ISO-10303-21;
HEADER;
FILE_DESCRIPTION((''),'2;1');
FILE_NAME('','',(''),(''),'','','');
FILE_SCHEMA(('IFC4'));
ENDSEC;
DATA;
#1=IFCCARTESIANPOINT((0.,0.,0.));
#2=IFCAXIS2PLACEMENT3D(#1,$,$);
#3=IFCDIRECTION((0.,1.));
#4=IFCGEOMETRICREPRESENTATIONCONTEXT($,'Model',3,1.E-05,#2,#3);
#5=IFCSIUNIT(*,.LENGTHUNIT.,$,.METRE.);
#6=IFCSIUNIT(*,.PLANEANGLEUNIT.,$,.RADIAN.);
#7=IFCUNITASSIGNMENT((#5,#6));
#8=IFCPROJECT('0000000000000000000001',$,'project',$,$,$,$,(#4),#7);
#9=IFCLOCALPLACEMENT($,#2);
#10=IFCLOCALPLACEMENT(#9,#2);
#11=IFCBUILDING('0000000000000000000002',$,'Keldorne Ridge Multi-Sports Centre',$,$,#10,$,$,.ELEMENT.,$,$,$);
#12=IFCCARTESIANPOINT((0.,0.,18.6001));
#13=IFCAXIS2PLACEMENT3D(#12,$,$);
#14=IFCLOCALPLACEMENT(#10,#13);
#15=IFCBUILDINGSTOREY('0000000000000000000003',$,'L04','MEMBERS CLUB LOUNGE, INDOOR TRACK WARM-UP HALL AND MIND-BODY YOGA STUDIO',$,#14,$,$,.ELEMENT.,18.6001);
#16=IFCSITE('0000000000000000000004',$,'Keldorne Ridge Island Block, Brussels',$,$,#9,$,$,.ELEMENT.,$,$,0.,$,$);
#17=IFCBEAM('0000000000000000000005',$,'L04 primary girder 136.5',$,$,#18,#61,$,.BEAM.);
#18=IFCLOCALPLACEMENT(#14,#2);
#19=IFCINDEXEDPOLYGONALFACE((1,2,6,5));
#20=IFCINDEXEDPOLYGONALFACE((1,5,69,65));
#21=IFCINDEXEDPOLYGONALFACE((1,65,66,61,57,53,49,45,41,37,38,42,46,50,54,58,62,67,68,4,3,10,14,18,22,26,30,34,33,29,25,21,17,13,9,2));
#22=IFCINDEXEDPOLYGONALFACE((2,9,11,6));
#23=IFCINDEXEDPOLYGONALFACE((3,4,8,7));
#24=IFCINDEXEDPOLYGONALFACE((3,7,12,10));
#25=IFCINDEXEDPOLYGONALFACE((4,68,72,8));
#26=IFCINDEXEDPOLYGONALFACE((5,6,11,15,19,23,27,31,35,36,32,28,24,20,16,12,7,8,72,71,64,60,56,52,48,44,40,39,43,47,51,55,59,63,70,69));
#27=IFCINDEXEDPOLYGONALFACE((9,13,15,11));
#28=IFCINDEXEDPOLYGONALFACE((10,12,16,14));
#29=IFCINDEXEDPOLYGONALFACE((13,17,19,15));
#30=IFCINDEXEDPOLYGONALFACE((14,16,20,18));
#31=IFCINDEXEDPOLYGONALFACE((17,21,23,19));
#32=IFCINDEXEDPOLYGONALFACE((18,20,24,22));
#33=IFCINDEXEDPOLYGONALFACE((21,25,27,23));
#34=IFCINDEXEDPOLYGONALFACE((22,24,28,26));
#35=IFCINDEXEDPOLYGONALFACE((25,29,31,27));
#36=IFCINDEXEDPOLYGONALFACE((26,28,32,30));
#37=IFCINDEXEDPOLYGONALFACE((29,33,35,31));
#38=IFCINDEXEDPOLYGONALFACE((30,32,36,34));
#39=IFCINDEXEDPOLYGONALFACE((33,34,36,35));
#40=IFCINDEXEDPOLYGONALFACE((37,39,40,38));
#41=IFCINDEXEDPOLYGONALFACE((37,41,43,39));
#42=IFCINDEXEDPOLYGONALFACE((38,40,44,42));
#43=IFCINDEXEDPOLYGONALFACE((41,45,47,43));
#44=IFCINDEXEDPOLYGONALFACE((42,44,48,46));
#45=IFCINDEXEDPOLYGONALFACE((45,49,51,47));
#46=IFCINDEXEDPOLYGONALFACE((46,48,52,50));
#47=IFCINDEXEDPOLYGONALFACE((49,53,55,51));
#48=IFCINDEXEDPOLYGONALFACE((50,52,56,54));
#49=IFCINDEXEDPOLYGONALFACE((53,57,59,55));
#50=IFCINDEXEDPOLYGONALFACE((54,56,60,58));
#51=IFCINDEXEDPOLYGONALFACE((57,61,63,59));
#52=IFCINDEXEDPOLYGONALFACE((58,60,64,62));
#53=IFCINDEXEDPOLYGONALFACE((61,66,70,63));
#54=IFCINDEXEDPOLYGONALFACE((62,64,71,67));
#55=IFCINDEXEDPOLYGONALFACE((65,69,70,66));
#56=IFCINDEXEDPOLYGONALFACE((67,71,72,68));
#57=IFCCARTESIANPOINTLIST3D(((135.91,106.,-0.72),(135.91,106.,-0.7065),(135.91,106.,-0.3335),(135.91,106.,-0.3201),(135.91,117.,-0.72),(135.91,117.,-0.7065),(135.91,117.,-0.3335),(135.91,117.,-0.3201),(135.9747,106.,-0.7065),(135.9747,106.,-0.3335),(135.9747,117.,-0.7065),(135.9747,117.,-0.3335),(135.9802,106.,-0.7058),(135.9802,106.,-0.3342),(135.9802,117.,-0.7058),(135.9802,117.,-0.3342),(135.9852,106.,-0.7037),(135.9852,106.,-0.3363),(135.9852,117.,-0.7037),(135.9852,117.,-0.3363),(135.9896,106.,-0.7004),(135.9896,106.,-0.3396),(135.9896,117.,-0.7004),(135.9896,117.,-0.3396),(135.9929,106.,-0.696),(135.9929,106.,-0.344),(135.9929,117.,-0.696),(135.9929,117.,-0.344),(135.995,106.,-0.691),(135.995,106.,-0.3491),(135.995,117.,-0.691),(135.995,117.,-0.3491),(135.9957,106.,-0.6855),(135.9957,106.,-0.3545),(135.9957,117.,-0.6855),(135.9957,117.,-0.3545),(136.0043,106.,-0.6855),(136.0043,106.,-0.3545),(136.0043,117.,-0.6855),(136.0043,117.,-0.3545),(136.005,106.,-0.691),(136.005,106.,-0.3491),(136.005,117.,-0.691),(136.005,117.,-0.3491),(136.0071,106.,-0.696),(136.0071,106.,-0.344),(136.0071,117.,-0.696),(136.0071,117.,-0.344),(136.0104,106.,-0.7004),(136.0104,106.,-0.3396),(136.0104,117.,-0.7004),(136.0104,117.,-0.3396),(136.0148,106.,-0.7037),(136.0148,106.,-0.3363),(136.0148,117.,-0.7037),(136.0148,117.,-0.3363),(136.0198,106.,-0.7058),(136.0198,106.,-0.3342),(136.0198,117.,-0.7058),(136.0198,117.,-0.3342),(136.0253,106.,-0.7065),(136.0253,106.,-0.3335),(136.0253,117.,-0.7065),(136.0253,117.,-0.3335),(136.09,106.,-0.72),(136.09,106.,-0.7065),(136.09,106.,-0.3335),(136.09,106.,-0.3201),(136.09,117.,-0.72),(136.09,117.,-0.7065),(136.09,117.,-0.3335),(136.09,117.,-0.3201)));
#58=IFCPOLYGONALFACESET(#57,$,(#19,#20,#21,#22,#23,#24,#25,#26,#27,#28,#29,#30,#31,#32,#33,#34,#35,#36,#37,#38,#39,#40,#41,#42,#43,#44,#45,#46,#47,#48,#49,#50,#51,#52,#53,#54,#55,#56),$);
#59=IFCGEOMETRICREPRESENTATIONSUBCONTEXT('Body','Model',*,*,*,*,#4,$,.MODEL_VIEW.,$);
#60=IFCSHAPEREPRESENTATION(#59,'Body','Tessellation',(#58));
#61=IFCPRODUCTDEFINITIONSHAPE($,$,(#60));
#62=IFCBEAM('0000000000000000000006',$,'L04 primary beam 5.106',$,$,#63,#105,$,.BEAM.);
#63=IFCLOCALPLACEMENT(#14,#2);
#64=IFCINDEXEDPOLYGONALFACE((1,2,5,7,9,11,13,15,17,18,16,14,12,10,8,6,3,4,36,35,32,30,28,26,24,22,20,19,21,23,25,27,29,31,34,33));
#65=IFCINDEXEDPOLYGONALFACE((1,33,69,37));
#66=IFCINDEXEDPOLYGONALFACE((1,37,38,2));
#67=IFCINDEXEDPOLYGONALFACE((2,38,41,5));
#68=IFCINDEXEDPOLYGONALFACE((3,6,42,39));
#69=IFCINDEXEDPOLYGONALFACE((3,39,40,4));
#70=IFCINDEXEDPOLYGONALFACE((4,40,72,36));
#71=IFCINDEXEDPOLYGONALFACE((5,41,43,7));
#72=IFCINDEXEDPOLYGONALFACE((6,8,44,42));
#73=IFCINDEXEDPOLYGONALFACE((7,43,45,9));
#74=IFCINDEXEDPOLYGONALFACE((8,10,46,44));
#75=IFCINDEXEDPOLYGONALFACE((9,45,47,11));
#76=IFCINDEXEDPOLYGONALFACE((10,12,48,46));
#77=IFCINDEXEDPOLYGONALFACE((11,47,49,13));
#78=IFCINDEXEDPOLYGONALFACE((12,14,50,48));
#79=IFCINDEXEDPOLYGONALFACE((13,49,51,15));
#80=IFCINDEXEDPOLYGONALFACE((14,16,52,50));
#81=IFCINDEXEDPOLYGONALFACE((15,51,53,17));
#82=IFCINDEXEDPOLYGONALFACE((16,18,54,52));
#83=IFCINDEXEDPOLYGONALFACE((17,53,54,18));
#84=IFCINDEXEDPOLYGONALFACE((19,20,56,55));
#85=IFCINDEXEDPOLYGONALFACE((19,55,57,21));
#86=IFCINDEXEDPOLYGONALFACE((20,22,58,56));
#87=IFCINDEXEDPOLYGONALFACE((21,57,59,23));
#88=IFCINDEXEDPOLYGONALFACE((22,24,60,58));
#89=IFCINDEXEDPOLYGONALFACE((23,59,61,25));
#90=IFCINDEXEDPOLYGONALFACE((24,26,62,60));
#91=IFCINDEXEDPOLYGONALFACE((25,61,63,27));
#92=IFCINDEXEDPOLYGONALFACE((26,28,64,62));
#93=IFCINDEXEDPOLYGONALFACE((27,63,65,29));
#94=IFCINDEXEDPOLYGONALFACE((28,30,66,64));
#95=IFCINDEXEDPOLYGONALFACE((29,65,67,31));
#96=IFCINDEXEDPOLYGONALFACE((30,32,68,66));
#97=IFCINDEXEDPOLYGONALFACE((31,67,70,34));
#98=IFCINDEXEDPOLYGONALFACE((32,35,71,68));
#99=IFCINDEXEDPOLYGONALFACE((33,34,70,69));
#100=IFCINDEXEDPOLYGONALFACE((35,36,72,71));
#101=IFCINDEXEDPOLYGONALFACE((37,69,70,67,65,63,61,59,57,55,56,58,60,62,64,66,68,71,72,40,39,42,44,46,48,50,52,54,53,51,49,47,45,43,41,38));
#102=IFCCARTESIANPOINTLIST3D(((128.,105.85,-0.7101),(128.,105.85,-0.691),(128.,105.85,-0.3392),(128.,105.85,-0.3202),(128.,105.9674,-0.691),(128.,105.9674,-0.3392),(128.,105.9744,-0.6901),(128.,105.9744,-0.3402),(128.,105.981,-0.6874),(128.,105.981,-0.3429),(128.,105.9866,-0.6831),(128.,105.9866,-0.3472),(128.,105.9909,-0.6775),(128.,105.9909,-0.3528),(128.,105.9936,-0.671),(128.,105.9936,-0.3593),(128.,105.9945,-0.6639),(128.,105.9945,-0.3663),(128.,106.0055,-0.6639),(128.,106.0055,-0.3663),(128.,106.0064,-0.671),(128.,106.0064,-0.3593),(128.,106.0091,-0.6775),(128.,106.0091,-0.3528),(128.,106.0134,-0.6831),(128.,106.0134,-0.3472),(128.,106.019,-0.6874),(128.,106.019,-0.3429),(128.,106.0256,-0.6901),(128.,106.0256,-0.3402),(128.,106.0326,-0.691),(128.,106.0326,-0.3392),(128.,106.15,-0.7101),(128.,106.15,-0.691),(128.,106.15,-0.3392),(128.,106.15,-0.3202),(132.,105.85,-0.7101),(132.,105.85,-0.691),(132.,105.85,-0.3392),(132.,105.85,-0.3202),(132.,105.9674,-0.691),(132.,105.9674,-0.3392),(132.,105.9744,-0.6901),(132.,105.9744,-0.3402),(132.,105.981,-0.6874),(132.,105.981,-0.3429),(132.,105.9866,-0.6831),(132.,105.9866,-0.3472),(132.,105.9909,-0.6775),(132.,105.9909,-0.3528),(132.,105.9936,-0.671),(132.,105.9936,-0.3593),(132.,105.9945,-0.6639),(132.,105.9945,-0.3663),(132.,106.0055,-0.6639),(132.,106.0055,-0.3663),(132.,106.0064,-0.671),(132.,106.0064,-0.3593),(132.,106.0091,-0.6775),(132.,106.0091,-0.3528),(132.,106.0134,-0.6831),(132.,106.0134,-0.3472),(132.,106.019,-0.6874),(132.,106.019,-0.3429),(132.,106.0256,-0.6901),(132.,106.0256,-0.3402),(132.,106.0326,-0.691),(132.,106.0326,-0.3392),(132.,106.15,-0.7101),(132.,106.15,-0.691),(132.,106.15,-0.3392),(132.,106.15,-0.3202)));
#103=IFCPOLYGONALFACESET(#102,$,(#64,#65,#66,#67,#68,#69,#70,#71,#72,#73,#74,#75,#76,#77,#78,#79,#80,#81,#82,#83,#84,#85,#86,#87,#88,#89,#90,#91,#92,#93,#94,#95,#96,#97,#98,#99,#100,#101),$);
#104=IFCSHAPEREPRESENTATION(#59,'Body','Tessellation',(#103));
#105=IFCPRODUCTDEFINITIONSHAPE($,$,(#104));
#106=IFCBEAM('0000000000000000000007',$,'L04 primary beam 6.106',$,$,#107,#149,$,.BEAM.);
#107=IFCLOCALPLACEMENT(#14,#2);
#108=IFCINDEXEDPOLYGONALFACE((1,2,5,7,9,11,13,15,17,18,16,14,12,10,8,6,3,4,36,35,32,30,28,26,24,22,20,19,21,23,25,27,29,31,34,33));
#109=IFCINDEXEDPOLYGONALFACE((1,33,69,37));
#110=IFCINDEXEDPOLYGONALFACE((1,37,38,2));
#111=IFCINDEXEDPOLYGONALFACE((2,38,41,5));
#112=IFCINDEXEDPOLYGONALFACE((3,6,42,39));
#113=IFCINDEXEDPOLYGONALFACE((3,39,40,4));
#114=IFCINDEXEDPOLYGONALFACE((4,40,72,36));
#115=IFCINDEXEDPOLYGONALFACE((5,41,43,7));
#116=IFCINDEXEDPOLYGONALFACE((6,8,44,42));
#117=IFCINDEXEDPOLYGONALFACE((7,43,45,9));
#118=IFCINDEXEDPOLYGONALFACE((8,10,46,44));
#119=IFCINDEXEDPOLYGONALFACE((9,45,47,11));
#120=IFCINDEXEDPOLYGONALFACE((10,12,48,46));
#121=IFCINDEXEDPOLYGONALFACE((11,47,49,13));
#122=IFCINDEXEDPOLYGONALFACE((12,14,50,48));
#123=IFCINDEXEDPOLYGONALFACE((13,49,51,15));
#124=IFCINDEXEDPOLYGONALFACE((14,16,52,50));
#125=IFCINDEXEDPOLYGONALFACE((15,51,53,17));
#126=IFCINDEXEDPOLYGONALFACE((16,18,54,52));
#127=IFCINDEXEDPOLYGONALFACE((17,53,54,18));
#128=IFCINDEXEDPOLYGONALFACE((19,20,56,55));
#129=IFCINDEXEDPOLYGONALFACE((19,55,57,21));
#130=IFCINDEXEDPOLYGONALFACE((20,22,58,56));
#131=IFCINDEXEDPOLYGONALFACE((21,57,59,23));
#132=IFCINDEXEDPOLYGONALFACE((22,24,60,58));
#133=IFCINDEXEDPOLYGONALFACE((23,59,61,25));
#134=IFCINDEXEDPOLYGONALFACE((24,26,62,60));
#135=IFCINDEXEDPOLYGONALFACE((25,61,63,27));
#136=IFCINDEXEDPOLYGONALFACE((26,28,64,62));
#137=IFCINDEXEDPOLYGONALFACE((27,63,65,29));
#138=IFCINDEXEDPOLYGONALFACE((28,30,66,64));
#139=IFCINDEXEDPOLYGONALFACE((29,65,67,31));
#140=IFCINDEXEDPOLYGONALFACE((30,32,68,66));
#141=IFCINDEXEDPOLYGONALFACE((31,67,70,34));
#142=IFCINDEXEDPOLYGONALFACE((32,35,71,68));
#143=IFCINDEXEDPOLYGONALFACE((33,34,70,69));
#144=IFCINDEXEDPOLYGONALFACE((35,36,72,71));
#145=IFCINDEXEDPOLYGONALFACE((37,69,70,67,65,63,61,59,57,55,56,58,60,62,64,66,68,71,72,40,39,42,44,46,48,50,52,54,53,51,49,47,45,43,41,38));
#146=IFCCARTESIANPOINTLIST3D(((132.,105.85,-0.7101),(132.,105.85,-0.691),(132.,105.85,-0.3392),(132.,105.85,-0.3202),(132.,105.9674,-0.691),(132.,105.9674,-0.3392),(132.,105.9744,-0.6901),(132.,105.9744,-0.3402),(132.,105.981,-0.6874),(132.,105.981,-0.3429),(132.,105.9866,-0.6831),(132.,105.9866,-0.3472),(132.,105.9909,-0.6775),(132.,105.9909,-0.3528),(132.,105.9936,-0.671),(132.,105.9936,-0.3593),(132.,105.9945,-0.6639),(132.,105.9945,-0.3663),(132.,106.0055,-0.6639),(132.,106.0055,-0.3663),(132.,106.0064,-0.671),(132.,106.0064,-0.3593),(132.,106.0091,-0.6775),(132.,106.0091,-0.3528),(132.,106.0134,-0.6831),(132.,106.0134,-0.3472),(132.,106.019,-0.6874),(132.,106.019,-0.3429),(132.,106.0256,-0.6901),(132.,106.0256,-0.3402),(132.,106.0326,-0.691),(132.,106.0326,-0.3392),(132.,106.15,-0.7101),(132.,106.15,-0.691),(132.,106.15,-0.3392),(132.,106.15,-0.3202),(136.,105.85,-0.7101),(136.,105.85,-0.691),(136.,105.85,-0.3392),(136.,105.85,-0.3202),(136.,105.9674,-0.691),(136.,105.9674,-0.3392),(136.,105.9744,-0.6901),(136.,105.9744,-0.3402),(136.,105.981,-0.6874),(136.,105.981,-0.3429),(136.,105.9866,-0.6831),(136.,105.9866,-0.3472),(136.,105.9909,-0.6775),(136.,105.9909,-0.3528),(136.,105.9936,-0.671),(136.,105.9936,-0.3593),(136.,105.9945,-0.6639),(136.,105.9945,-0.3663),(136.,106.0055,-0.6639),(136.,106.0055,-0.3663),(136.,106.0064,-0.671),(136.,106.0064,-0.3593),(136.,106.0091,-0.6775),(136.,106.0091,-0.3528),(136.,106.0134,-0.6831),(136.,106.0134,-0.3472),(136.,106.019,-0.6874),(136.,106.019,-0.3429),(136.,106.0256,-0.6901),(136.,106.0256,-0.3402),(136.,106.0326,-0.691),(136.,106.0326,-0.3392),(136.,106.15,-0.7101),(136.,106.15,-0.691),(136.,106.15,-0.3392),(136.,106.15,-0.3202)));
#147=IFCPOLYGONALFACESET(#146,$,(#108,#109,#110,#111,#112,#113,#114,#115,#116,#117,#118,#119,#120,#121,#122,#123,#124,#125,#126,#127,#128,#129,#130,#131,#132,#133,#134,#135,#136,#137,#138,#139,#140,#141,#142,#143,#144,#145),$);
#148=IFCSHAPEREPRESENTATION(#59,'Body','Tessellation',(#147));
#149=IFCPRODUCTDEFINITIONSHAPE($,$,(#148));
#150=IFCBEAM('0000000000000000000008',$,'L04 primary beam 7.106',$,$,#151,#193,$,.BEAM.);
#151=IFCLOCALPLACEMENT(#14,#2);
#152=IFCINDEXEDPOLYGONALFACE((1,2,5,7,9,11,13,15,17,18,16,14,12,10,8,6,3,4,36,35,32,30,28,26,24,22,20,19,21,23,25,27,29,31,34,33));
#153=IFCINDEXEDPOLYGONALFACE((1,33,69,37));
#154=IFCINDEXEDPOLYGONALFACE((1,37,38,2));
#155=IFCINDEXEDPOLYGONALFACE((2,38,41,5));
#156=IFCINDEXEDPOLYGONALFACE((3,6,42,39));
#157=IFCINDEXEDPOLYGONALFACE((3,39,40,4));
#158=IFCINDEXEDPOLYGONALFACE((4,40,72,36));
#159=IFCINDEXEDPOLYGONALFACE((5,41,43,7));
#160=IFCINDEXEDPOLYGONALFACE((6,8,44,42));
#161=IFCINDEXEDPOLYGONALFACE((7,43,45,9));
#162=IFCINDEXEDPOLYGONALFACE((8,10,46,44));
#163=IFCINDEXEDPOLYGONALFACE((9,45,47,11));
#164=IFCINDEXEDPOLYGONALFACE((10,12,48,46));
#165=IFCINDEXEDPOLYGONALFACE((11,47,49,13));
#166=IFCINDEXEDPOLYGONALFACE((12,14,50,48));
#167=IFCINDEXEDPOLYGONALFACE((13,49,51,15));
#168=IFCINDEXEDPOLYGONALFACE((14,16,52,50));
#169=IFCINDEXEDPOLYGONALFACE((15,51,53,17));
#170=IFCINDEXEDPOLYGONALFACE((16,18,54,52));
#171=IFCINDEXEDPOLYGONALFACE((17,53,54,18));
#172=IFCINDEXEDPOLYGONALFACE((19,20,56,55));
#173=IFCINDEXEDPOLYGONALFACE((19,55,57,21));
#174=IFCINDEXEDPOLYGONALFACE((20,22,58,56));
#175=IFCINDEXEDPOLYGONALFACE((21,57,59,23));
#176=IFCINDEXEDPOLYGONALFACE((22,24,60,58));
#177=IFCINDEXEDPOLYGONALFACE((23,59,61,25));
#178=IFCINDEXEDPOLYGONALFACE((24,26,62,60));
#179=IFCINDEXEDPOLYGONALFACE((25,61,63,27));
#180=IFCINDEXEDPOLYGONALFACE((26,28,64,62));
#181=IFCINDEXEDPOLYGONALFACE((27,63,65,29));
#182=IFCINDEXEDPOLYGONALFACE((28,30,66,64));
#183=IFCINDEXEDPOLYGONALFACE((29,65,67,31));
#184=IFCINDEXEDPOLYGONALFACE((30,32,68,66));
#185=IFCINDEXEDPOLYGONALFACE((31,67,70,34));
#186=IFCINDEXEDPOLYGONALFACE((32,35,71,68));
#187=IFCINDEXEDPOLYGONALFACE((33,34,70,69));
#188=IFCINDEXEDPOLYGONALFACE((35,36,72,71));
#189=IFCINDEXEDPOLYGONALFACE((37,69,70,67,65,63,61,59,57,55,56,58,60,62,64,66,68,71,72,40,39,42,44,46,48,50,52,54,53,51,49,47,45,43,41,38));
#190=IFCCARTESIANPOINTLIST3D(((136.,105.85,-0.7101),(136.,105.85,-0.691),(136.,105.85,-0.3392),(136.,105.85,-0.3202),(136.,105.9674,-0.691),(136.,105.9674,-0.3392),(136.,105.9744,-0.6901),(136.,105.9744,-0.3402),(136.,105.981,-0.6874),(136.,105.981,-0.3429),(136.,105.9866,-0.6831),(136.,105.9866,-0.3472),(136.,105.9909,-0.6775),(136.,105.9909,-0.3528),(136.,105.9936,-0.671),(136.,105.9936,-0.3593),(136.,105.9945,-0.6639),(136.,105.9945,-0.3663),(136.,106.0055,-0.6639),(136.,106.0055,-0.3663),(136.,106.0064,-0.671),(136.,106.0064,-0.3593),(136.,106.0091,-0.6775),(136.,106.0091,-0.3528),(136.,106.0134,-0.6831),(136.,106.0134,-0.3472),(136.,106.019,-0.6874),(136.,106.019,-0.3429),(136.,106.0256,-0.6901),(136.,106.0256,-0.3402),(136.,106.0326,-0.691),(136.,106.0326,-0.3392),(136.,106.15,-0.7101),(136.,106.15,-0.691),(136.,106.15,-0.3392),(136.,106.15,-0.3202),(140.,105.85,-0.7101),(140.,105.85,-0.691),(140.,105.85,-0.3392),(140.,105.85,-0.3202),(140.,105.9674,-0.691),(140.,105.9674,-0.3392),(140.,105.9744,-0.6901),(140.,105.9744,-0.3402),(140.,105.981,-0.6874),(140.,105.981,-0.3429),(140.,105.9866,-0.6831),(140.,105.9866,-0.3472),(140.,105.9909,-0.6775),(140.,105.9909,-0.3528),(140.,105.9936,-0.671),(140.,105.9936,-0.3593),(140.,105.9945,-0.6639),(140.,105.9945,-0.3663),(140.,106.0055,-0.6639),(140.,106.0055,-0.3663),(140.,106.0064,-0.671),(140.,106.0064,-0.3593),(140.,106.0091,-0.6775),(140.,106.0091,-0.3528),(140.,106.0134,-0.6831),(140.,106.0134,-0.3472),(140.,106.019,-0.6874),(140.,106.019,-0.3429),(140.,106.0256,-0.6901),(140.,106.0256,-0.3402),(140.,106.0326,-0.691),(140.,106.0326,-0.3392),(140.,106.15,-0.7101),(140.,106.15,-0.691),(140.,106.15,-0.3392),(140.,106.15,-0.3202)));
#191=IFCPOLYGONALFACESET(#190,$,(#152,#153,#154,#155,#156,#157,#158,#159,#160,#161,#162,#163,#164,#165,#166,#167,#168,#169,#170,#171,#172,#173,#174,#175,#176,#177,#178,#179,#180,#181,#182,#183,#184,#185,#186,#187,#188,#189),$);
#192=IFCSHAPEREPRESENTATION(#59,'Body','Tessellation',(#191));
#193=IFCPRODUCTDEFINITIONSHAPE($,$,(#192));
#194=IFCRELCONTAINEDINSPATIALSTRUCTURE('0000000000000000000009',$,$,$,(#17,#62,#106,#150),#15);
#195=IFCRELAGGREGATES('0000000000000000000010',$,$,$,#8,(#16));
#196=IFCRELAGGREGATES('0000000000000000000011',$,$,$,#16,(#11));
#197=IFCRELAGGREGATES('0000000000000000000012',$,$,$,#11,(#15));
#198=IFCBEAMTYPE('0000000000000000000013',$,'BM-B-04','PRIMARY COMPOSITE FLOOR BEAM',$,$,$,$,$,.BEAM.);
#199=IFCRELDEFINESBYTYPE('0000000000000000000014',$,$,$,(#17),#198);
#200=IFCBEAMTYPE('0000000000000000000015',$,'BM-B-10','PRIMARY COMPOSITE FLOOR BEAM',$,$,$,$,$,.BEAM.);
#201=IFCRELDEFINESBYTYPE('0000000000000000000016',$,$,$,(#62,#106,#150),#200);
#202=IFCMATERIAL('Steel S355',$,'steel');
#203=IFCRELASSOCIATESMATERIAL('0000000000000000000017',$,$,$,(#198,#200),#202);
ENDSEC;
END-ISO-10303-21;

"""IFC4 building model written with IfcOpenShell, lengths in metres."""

from ifc_helpers import new_model, si_unit, direction, frame, origin, origin_2d, place, context, subcontext, project, spatial, i_section, extrude, material, material_profile, profile_set, type_object, element, save


model = new_model("IFC4")

# Units and contexts
model_context = context("Model", 3, precision=1e-05, world=origin(), true_north=direction((0.0, 1.0)))
body_context = subcontext(model_context, "Body", "Model", "MODEL_VIEW")
ifc_project = project(units=[si_unit("LENGTHUNIT", "METRE"), si_unit("PLANEANGLEUNIT", "RADIAN")], contexts=[model_context])

# Site, building, storey
site_placement = place(None, origin())
site = spatial("IfcSite", under=ifc_project, at=site_placement, Name="Keldorne Ridge Island Block, Brussels", CompositionType="ELEMENT", RefElevation=0.0)
building_placement = place(site_placement, origin())
building = spatial("IfcBuilding", under=site, at=building_placement, Name="Keldorne Ridge Multi-Sports Centre", CompositionType="ELEMENT")
storey_placement = place(building_placement, frame((0.0, 0.0, 18.6001)))
storey = spatial("IfcBuildingStorey", under=building, at=storey_placement, Name="L04", Description="MEMBERS CLUB LOUNGE, INDOOR TRACK WARM-UP HALL AND MIND-BODY YOGA STUDIO", CompositionType="ELEMENT", Elevation=18.6001)

# Shared definitions
ifc_material_1 = material(Name="Steel S355", Category="steel")

# Beams
ifc_material_profile_1 = material_profile(ifc_material_1, i_section(OverallWidth=0.1799, OverallDepth=0.3999, WebThickness=0.0085, FlangeThickness=0.0134, FilletRadius=0.021, at=origin_2d()), Name="IPE 400")
ifc_profile_set_1 = profile_set([ifc_material_profile_1], Name="Steel S355")
beam_type_1 = type_object("IfcBeamType", Name="BM-B-04", Description="PRIMARY COMPOSITE FLOOR BEAM", PredefinedType="BEAM", material=ifc_profile_set_1)
for number, where, z_axis, x_axis, name in (
    (1, (136.0, 106.0, -0.52), (0.0, 1.0, 0.0), (-1.0, 0.0, 0.0), "L04 primary girder 136.5"),
):
    element("IfcBeam", number, at=place(storey_placement, frame(where, z_axis=z_axis, x_axis=x_axis)), inside=storey, type_object=beam_type_1, Name=name, PredefinedType="BEAM", context=body_context, shape_type="SweptSolid", body=[
        extrude(i_section(OverallWidth=0.1799, OverallDepth=0.3999, WebThickness=0.0085, FlangeThickness=0.0134, FilletRadius=0.021, at=origin_2d()), origin(), (0.0, 0.0, 1.0), 11.0),
    ])
ifc_material_profile_2 = material_profile(ifc_material_1, i_section(OverallWidth=0.3, OverallDepth=0.3899, WebThickness=0.011, FlangeThickness=0.019, FilletRadius=0.0271, at=origin_2d()), Name="HEA 400")
ifc_profile_set_2 = profile_set([ifc_material_profile_2], Name="Steel S355")
beam_type_2 = type_object("IfcBeamType", Name="BM-B-10", Description="PRIMARY COMPOSITE FLOOR BEAM", PredefinedType="BEAM", material=ifc_profile_set_2)
for number, where, z_axis, x_axis, name in (
    (2, (128.0, 106.0, -0.5151), (1.0, 0.0, 0.0), (0.0, 1.0, 0.0), "L04 primary beam 5.106"),
    (3, (132.0, 106.0, -0.5151), (1.0, 0.0, 0.0), (0.0, 1.0, 0.0), "L04 primary beam 6.106"),
    (4, (136.0, 106.0, -0.5151), (1.0, 0.0, 0.0), (0.0, 1.0, 0.0), "L04 primary beam 7.106"),
):
    element("IfcBeam", number, at=place(storey_placement, frame(where, z_axis=z_axis, x_axis=x_axis)), inside=storey, type_object=beam_type_2, Name=name, PredefinedType="BEAM", context=body_context, shape_type="SweptSolid", body=[
        extrude(i_section(OverallWidth=0.3, OverallDepth=0.3899, WebThickness=0.011, FlangeThickness=0.019, FilletRadius=0.0271, at=origin_2d()), origin(), (0.0, 0.0, 1.0), 4.0),
    ])

save(model, "model.ifc")
